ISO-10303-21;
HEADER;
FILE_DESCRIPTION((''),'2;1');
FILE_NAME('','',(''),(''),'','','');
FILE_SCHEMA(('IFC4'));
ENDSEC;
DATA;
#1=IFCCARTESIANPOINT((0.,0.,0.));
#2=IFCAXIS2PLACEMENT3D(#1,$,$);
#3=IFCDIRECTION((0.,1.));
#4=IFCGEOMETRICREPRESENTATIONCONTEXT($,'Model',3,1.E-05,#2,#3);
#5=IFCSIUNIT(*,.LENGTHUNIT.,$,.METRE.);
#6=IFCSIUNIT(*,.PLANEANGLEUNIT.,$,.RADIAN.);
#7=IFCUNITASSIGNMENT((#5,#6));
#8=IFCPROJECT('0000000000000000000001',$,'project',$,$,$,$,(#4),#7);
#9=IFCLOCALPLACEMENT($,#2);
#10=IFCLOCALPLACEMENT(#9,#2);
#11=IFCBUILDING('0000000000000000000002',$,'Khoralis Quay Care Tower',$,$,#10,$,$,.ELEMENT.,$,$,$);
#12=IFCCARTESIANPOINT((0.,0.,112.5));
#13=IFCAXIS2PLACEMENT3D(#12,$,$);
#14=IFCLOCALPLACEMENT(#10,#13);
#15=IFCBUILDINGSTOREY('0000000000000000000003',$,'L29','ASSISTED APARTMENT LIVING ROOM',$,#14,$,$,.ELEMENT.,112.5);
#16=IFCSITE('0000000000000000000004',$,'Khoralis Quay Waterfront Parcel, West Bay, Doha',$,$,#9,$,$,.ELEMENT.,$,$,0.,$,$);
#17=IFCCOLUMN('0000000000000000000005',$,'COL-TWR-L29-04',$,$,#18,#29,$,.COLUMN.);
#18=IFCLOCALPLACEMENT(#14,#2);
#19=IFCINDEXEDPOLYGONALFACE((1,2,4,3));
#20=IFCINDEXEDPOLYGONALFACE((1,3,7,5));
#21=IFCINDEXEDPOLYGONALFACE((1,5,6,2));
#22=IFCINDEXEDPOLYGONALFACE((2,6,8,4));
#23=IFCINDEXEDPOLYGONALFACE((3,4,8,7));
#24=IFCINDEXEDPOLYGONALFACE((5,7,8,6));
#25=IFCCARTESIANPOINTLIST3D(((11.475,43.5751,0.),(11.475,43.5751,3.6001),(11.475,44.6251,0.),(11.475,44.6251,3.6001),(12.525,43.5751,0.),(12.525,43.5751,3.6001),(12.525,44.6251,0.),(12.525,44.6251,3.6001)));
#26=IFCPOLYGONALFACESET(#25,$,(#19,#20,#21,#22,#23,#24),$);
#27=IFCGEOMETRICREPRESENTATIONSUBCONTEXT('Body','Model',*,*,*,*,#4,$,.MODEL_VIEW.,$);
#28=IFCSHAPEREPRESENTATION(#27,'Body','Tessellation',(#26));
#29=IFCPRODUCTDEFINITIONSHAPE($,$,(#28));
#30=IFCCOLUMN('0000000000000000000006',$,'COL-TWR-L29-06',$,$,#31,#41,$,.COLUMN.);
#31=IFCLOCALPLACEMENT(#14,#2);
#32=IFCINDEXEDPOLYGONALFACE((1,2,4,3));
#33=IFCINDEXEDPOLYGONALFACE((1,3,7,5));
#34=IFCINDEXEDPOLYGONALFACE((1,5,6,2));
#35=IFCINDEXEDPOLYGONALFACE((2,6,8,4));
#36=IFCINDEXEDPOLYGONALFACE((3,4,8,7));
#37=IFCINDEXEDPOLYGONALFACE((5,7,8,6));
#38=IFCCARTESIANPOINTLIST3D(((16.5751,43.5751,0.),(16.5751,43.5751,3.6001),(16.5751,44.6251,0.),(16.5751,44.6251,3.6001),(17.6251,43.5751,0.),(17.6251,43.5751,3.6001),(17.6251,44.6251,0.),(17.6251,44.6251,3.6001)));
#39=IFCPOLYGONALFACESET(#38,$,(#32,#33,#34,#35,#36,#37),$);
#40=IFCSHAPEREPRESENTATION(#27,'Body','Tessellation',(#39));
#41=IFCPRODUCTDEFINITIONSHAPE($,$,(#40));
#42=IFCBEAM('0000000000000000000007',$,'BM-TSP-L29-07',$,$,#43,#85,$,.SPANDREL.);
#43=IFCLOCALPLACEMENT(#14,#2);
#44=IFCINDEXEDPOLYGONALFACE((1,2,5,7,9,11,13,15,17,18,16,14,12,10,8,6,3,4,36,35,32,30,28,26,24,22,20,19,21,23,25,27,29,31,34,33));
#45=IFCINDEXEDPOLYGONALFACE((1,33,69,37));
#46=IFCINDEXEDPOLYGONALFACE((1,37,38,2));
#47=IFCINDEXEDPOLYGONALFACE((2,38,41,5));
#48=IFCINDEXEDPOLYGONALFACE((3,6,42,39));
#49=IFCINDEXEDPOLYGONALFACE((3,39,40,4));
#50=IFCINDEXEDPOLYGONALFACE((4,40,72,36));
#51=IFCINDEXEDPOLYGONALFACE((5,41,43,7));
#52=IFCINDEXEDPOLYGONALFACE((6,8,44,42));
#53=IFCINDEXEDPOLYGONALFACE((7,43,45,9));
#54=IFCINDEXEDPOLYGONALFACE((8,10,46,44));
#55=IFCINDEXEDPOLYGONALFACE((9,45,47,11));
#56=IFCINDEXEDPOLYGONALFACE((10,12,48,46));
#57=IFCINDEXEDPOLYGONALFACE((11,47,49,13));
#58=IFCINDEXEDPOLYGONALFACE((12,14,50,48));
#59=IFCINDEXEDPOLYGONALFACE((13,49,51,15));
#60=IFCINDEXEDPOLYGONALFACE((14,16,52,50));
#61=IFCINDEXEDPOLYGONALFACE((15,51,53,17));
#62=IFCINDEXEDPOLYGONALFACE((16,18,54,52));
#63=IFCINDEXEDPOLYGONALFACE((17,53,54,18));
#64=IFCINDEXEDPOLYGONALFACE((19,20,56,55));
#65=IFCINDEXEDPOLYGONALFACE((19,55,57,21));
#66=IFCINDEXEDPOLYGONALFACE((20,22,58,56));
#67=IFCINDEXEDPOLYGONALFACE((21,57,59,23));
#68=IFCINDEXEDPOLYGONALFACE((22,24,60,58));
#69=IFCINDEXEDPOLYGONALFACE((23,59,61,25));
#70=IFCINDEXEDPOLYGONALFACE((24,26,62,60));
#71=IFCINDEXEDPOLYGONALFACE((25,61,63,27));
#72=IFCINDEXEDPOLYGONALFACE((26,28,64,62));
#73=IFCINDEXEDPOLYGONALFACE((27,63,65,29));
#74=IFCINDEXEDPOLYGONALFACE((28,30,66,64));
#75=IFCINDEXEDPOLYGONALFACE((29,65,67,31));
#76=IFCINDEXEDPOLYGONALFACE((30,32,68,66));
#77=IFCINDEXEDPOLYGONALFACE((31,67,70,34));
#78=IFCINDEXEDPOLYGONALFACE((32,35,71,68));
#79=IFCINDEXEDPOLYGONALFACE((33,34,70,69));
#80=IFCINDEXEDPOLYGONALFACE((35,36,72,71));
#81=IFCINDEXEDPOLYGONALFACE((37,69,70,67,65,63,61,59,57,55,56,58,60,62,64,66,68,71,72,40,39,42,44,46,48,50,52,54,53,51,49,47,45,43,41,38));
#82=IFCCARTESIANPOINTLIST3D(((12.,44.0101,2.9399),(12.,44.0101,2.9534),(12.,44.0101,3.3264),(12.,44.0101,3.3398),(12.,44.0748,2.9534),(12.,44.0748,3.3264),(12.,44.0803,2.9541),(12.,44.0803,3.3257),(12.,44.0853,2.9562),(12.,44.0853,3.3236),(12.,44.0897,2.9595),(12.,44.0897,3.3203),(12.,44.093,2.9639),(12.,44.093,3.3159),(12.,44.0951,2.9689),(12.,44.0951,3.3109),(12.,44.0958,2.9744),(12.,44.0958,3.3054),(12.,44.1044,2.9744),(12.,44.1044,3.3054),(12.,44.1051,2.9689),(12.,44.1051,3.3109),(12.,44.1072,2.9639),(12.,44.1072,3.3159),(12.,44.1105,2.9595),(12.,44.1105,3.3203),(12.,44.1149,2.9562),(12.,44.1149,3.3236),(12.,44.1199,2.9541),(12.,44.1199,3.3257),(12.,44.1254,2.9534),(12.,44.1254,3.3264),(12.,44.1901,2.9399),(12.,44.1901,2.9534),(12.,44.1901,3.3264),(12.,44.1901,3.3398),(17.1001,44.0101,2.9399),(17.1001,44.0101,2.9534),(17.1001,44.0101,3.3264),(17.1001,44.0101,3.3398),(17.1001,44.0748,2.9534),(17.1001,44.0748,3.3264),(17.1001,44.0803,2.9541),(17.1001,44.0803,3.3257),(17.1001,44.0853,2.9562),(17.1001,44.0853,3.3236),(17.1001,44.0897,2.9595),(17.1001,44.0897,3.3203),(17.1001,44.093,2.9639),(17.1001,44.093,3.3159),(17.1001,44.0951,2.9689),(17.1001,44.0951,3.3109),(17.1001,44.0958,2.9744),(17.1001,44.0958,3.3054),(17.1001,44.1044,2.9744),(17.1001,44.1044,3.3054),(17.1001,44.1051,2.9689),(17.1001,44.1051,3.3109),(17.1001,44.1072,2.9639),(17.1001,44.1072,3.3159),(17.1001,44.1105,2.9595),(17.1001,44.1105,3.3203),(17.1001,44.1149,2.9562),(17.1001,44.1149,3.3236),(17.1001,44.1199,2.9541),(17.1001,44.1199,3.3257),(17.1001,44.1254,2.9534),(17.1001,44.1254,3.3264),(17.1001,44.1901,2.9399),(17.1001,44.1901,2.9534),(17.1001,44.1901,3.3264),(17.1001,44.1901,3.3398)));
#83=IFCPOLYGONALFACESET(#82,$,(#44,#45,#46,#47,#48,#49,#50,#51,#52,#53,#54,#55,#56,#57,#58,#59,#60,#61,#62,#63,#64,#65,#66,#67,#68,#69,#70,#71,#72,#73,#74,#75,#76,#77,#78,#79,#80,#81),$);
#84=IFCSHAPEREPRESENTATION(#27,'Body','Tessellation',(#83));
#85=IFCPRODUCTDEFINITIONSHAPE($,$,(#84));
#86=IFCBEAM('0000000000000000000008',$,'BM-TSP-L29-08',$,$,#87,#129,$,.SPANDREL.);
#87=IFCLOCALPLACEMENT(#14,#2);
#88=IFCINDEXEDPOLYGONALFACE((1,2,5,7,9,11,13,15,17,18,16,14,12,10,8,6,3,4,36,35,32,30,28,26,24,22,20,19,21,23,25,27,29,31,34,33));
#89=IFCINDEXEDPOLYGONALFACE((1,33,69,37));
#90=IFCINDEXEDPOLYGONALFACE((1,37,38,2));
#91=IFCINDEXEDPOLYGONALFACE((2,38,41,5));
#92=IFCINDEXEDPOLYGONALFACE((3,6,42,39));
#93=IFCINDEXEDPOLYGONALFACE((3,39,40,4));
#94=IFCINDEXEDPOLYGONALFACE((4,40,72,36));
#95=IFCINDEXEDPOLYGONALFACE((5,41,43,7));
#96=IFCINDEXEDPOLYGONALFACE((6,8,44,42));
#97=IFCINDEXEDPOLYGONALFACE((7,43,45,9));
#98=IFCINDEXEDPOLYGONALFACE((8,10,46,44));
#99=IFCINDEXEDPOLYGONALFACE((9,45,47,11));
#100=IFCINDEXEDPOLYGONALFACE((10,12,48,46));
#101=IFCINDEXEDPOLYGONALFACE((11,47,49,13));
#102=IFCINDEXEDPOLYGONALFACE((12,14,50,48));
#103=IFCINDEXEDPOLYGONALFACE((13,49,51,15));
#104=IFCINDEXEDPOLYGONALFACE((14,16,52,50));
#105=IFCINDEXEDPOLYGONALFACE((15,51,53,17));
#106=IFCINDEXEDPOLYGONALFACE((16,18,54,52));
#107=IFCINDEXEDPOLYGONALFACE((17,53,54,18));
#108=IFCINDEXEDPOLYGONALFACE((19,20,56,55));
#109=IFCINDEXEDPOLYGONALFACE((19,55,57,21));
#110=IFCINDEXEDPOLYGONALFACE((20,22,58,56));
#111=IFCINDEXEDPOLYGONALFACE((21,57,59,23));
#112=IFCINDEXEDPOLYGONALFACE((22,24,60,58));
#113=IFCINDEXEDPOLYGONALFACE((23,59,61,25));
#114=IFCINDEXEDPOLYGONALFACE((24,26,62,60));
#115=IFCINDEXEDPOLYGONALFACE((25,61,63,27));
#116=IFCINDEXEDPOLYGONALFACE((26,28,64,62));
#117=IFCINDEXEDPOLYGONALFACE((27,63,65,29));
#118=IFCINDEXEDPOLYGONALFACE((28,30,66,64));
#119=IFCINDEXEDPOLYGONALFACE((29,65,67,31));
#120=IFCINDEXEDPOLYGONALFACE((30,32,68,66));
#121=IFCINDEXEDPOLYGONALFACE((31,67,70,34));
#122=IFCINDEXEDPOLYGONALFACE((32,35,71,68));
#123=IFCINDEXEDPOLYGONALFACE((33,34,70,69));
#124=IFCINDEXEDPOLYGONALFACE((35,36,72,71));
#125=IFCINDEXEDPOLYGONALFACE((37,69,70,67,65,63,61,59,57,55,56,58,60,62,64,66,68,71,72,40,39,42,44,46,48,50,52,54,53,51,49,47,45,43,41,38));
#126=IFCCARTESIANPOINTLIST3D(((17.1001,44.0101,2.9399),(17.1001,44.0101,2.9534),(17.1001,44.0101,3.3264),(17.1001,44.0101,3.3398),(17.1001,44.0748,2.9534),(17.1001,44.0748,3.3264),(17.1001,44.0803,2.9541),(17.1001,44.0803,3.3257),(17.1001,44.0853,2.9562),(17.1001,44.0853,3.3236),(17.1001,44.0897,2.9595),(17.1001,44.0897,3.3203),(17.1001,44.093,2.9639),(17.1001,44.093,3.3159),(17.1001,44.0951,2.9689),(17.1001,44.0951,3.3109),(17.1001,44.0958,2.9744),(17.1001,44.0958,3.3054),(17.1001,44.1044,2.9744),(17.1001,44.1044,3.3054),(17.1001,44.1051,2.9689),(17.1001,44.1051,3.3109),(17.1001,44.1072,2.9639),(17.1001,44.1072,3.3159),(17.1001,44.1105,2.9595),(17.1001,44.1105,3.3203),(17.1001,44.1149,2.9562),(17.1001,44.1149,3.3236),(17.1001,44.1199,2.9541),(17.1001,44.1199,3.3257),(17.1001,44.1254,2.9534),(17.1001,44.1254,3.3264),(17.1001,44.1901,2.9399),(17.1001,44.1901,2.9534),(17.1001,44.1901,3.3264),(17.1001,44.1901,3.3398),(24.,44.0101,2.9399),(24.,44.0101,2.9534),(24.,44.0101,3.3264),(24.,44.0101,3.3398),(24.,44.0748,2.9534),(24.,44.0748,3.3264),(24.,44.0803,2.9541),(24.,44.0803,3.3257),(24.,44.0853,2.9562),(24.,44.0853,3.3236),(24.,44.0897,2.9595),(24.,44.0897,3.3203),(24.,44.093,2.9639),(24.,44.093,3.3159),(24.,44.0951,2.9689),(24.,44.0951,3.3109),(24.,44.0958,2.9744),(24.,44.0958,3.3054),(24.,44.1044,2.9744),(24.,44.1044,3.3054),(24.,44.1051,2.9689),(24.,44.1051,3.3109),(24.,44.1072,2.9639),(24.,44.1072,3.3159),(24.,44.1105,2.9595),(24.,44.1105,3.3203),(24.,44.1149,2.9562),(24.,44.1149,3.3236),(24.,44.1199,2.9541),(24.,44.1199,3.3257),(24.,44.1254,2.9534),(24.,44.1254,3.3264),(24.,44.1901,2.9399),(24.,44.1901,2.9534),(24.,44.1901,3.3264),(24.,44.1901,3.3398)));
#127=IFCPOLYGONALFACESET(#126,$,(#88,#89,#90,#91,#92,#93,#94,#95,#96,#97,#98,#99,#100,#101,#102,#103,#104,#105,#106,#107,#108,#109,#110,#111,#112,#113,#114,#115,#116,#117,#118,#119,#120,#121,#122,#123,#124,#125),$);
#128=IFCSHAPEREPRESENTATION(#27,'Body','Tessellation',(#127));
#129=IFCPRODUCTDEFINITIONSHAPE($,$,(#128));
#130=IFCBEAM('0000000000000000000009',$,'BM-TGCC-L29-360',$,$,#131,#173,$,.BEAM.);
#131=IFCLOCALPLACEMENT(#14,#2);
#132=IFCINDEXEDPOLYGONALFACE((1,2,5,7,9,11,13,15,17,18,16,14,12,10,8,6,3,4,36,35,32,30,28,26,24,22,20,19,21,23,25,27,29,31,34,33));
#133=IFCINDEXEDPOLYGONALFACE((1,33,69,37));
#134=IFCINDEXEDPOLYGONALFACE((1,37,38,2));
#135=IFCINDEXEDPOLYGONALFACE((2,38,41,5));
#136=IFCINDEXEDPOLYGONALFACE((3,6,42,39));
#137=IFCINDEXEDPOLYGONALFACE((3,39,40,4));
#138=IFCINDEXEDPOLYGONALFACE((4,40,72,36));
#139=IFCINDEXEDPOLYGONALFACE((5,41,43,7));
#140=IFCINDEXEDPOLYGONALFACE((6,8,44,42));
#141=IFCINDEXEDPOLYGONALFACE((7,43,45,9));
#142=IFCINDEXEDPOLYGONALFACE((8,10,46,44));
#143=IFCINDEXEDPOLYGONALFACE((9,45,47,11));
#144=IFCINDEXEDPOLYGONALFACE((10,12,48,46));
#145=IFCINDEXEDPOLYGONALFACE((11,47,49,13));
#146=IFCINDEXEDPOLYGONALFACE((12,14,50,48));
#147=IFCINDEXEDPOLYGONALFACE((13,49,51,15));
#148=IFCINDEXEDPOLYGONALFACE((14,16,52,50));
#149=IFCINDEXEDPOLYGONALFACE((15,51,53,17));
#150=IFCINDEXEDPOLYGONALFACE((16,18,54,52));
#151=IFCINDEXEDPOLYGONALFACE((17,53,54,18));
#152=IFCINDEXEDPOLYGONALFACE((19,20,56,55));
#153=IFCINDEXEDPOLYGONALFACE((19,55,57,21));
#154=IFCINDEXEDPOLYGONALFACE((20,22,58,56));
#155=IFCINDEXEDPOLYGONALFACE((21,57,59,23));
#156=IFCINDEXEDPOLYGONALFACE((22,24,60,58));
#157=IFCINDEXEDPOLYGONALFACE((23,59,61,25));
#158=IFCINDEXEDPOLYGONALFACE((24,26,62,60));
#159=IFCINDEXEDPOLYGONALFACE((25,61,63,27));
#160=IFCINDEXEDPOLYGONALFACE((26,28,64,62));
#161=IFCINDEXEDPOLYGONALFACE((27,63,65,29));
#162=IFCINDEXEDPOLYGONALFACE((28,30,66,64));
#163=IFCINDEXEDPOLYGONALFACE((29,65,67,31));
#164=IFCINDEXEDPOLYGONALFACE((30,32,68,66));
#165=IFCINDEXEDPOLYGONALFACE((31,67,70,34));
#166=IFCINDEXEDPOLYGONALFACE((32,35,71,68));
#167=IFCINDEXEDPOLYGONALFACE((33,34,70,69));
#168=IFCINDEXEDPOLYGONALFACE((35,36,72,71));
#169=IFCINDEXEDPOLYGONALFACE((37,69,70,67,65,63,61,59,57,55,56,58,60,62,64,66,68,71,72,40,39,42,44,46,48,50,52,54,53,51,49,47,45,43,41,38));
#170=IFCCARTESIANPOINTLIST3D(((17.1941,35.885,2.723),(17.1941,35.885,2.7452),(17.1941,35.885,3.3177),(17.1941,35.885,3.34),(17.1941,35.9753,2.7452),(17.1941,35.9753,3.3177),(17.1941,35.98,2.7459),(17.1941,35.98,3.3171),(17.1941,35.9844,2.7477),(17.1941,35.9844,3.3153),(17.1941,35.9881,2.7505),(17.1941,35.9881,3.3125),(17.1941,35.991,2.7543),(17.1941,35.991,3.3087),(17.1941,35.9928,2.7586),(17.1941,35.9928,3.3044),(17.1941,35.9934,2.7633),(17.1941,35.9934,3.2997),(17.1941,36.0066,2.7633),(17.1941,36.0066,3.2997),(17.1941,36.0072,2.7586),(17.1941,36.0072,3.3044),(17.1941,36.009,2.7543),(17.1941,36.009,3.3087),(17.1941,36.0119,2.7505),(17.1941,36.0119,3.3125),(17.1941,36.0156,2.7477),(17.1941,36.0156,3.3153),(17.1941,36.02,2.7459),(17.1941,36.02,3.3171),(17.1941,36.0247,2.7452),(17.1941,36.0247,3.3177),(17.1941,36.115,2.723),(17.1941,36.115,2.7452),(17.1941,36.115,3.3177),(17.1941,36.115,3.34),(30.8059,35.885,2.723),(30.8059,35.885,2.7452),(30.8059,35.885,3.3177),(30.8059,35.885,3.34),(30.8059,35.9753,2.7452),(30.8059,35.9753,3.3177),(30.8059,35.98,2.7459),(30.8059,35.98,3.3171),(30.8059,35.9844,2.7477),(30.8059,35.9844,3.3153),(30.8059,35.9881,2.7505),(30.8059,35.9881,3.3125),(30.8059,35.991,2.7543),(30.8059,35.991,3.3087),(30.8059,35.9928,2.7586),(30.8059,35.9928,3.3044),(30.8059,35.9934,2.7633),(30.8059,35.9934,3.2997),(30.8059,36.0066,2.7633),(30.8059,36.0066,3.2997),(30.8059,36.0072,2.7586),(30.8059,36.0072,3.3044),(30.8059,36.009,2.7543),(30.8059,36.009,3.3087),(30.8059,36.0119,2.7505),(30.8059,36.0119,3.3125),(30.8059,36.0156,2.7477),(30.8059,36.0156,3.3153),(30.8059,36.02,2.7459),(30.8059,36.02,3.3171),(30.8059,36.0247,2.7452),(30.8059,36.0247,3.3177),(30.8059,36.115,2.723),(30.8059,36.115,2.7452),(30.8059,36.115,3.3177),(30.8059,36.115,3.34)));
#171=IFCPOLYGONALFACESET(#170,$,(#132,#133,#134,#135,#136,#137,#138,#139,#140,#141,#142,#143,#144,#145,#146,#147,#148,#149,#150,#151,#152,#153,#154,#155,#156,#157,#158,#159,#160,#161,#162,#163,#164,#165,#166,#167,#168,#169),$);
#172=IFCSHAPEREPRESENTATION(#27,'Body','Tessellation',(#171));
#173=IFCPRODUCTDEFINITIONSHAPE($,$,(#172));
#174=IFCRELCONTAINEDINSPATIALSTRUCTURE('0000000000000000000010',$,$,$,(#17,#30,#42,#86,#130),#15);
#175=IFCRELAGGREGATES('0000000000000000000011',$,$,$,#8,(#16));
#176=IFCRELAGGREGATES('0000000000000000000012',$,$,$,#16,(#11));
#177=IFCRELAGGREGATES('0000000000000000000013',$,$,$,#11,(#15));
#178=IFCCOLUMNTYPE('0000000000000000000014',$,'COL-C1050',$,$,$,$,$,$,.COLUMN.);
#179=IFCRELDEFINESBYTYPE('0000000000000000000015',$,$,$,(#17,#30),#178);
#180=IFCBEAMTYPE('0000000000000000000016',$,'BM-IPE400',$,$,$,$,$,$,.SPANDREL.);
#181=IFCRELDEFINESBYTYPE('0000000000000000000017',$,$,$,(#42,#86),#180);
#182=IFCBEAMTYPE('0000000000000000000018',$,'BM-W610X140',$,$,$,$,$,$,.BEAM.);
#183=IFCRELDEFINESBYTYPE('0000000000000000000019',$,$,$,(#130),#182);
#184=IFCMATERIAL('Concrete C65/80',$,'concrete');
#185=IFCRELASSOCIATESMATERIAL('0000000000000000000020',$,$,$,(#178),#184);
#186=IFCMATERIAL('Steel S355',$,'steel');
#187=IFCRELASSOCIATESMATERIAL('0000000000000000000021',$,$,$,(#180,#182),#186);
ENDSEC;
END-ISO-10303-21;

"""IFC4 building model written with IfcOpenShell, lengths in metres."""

from ifc_helpers import new_model, si_unit, direction, frame, origin, origin_2d, place, context, subcontext, project, spatial, rectangle, i_section, extrude, source, transform, mapped, material, material_profile, profile_set, type_object, element, save


model = new_model("IFC4")

# Units and contexts
model_context = context("Model", 3, precision=1e-05, world=origin(), true_north=direction((0.0, 1.0)))
body_context = subcontext(model_context, "Body", "Model", "MODEL_VIEW")
ifc_project = project(units=[si_unit("LENGTHUNIT", "METRE"), si_unit("PLANEANGLEUNIT", "RADIAN")], contexts=[model_context])

# Site, building, storey
site_placement = place(None, origin())
site = spatial("IfcSite", under=ifc_project, at=site_placement, Name="Khoralis Quay Waterfront Parcel, West Bay, Doha", CompositionType="ELEMENT", RefElevation=0.0)
building_placement = place(site_placement, origin())
building = spatial("IfcBuilding", under=site, at=building_placement, Name="Khoralis Quay Care Tower", CompositionType="ELEMENT")
storey_placement = place(building_placement, frame((0.0, 0.0, 112.5)))
storey = spatial("IfcBuildingStorey", under=building, at=storey_placement, Name="L29", Description="ASSISTED APARTMENT LIVING ROOM", CompositionType="ELEMENT", Elevation=112.5)

# Columns
ifc_material_1 = material(Name="Concrete C65/80", Category="concrete")
ifc_material_profile_1 = material_profile(ifc_material_1, rectangle(XDim=1.05, YDim=1.05, at=origin_2d()), Name="Concrete C65/80")
ifc_profile_set_1 = profile_set([ifc_material_profile_1], Name="Concrete C65/80")
column_type = type_object("IfcColumnType", Name="COL-C1050", PredefinedType="COLUMN", material=ifc_profile_set_1)
shared_shape_1 = source(origin(), body_context, "Body", "SweptSolid", [
    extrude(rectangle(XDim=1.05, YDim=1.05, at=origin_2d()), origin(), (0.0, 0.0, 1.0), 3.6001),
])
for number, where, z_axis, x_axis, name in (
    (1, (12.0, 44.1001, 0.0), (0.0, 0.0, 1.0), (1.0, 0.0, 0.0), "COL-TWR-L29-04"),
    (2, (17.1001, 44.1001, 0.0), (0.0, 0.0, 1.0), (1.0, 0.0, 0.0), "COL-TWR-L29-06"),
):
    element("IfcColumn", number, at=place(storey_placement, frame(where, z_axis=z_axis, x_axis=x_axis)), inside=storey, type_object=column_type, Name=name, PredefinedType="COLUMN", context=body_context, shape_type="MappedRepresentation", body=[
        mapped(shared_shape_1, transform((0.0, 0.0, 0.0), scale=1.0)),
    ])

# Beams
ifc_material_2 = material(Name="Steel S355", Category="steel")
ifc_material_profile_2 = material_profile(ifc_material_2, i_section(OverallWidth=0.1799, OverallDepth=0.3999, WebThickness=0.0085, FlangeThickness=0.0134, FilletRadius=0.021, at=origin_2d()), Name="Steel S355")
ifc_profile_set_2 = profile_set([ifc_material_profile_2], Name="Steel S355")
beam_type_1 = type_object("IfcBeamType", Name="BM-IPE400", PredefinedType="SPANDREL", material=ifc_profile_set_2)
shared_shape_2 = source(origin(), body_context, "Body", "SweptSolid", [
    extrude(i_section(OverallWidth=0.1799, OverallDepth=0.3999, WebThickness=0.0085, FlangeThickness=0.0134, FilletRadius=0.021, at=origin_2d()), origin(), (0.0, 0.0, 1.0), 5.1001),
])
beam_1_placement = place(storey_placement, frame((12.0, 44.1001, 3.1399), z_axis=(1.0, 0.0, 0.0), x_axis=(0.0, 1.0, 0.0)))
element("IfcBeam", 3, at=beam_1_placement, inside=storey, type_object=beam_type_1, Name="BM-TSP-L29-07", PredefinedType="SPANDREL", context=body_context, shape_type="MappedRepresentation", body=[
    mapped(shared_shape_2, transform((0.0, 0.0, 0.0), scale=1.0)),
])
shared_shape_3 = source(origin(), body_context, "Body", "SweptSolid", [
    extrude(i_section(OverallWidth=0.1799, OverallDepth=0.3999, WebThickness=0.0085, FlangeThickness=0.0134, FilletRadius=0.021, at=origin_2d()), origin(), (0.0, 0.0, 1.0), 6.8999),
])
beam_2_placement = place(storey_placement, frame((17.1001, 44.1001, 3.1399), z_axis=(1.0, 0.0, 0.0), x_axis=(0.0, 1.0, 0.0)))
element("IfcBeam", 4, at=beam_2_placement, inside=storey, type_object=beam_type_1, Name="BM-TSP-L29-08", PredefinedType="SPANDREL", context=body_context, shape_type="MappedRepresentation", body=[
    mapped(shared_shape_3, transform((0.0, 0.0, 0.0), scale=1.0)),
])
ifc_material_profile_3 = material_profile(ifc_material_2, i_section(OverallWidth=0.23, OverallDepth=0.6169, WebThickness=0.0132, FlangeThickness=0.0222, FilletRadius=0.0181, at=origin_2d()), Name="Steel S355")
ifc_profile_set_3 = profile_set([ifc_material_profile_3], Name="Steel S355")
beam_type_2 = type_object("IfcBeamType", Name="BM-W610X140", PredefinedType="BEAM", material=ifc_profile_set_3)
shared_shape_4 = source(origin(), body_context, "Body", "SweptSolid", [
    extrude(i_section(OverallWidth=0.23, OverallDepth=0.6169, WebThickness=0.0132, FlangeThickness=0.0222, FilletRadius=0.0181, at=origin_2d()), origin(), (0.0, 0.0, 1.0), 13.6118),
])
beam_3_placement = place(storey_placement, frame((17.1941, 36.0, 3.0315), z_axis=(1.0, 0.0, 0.0), x_axis=(0.0, 1.0, 0.0)))
element("IfcBeam", 5, at=beam_3_placement, inside=storey, type_object=beam_type_2, Name="BM-TGCC-L29-360", PredefinedType="BEAM", context=body_context, shape_type="MappedRepresentation", body=[
    mapped(shared_shape_4, transform((0.0, 0.0, 0.0), scale=1.0)),
])

save(model, "model.ifc")
